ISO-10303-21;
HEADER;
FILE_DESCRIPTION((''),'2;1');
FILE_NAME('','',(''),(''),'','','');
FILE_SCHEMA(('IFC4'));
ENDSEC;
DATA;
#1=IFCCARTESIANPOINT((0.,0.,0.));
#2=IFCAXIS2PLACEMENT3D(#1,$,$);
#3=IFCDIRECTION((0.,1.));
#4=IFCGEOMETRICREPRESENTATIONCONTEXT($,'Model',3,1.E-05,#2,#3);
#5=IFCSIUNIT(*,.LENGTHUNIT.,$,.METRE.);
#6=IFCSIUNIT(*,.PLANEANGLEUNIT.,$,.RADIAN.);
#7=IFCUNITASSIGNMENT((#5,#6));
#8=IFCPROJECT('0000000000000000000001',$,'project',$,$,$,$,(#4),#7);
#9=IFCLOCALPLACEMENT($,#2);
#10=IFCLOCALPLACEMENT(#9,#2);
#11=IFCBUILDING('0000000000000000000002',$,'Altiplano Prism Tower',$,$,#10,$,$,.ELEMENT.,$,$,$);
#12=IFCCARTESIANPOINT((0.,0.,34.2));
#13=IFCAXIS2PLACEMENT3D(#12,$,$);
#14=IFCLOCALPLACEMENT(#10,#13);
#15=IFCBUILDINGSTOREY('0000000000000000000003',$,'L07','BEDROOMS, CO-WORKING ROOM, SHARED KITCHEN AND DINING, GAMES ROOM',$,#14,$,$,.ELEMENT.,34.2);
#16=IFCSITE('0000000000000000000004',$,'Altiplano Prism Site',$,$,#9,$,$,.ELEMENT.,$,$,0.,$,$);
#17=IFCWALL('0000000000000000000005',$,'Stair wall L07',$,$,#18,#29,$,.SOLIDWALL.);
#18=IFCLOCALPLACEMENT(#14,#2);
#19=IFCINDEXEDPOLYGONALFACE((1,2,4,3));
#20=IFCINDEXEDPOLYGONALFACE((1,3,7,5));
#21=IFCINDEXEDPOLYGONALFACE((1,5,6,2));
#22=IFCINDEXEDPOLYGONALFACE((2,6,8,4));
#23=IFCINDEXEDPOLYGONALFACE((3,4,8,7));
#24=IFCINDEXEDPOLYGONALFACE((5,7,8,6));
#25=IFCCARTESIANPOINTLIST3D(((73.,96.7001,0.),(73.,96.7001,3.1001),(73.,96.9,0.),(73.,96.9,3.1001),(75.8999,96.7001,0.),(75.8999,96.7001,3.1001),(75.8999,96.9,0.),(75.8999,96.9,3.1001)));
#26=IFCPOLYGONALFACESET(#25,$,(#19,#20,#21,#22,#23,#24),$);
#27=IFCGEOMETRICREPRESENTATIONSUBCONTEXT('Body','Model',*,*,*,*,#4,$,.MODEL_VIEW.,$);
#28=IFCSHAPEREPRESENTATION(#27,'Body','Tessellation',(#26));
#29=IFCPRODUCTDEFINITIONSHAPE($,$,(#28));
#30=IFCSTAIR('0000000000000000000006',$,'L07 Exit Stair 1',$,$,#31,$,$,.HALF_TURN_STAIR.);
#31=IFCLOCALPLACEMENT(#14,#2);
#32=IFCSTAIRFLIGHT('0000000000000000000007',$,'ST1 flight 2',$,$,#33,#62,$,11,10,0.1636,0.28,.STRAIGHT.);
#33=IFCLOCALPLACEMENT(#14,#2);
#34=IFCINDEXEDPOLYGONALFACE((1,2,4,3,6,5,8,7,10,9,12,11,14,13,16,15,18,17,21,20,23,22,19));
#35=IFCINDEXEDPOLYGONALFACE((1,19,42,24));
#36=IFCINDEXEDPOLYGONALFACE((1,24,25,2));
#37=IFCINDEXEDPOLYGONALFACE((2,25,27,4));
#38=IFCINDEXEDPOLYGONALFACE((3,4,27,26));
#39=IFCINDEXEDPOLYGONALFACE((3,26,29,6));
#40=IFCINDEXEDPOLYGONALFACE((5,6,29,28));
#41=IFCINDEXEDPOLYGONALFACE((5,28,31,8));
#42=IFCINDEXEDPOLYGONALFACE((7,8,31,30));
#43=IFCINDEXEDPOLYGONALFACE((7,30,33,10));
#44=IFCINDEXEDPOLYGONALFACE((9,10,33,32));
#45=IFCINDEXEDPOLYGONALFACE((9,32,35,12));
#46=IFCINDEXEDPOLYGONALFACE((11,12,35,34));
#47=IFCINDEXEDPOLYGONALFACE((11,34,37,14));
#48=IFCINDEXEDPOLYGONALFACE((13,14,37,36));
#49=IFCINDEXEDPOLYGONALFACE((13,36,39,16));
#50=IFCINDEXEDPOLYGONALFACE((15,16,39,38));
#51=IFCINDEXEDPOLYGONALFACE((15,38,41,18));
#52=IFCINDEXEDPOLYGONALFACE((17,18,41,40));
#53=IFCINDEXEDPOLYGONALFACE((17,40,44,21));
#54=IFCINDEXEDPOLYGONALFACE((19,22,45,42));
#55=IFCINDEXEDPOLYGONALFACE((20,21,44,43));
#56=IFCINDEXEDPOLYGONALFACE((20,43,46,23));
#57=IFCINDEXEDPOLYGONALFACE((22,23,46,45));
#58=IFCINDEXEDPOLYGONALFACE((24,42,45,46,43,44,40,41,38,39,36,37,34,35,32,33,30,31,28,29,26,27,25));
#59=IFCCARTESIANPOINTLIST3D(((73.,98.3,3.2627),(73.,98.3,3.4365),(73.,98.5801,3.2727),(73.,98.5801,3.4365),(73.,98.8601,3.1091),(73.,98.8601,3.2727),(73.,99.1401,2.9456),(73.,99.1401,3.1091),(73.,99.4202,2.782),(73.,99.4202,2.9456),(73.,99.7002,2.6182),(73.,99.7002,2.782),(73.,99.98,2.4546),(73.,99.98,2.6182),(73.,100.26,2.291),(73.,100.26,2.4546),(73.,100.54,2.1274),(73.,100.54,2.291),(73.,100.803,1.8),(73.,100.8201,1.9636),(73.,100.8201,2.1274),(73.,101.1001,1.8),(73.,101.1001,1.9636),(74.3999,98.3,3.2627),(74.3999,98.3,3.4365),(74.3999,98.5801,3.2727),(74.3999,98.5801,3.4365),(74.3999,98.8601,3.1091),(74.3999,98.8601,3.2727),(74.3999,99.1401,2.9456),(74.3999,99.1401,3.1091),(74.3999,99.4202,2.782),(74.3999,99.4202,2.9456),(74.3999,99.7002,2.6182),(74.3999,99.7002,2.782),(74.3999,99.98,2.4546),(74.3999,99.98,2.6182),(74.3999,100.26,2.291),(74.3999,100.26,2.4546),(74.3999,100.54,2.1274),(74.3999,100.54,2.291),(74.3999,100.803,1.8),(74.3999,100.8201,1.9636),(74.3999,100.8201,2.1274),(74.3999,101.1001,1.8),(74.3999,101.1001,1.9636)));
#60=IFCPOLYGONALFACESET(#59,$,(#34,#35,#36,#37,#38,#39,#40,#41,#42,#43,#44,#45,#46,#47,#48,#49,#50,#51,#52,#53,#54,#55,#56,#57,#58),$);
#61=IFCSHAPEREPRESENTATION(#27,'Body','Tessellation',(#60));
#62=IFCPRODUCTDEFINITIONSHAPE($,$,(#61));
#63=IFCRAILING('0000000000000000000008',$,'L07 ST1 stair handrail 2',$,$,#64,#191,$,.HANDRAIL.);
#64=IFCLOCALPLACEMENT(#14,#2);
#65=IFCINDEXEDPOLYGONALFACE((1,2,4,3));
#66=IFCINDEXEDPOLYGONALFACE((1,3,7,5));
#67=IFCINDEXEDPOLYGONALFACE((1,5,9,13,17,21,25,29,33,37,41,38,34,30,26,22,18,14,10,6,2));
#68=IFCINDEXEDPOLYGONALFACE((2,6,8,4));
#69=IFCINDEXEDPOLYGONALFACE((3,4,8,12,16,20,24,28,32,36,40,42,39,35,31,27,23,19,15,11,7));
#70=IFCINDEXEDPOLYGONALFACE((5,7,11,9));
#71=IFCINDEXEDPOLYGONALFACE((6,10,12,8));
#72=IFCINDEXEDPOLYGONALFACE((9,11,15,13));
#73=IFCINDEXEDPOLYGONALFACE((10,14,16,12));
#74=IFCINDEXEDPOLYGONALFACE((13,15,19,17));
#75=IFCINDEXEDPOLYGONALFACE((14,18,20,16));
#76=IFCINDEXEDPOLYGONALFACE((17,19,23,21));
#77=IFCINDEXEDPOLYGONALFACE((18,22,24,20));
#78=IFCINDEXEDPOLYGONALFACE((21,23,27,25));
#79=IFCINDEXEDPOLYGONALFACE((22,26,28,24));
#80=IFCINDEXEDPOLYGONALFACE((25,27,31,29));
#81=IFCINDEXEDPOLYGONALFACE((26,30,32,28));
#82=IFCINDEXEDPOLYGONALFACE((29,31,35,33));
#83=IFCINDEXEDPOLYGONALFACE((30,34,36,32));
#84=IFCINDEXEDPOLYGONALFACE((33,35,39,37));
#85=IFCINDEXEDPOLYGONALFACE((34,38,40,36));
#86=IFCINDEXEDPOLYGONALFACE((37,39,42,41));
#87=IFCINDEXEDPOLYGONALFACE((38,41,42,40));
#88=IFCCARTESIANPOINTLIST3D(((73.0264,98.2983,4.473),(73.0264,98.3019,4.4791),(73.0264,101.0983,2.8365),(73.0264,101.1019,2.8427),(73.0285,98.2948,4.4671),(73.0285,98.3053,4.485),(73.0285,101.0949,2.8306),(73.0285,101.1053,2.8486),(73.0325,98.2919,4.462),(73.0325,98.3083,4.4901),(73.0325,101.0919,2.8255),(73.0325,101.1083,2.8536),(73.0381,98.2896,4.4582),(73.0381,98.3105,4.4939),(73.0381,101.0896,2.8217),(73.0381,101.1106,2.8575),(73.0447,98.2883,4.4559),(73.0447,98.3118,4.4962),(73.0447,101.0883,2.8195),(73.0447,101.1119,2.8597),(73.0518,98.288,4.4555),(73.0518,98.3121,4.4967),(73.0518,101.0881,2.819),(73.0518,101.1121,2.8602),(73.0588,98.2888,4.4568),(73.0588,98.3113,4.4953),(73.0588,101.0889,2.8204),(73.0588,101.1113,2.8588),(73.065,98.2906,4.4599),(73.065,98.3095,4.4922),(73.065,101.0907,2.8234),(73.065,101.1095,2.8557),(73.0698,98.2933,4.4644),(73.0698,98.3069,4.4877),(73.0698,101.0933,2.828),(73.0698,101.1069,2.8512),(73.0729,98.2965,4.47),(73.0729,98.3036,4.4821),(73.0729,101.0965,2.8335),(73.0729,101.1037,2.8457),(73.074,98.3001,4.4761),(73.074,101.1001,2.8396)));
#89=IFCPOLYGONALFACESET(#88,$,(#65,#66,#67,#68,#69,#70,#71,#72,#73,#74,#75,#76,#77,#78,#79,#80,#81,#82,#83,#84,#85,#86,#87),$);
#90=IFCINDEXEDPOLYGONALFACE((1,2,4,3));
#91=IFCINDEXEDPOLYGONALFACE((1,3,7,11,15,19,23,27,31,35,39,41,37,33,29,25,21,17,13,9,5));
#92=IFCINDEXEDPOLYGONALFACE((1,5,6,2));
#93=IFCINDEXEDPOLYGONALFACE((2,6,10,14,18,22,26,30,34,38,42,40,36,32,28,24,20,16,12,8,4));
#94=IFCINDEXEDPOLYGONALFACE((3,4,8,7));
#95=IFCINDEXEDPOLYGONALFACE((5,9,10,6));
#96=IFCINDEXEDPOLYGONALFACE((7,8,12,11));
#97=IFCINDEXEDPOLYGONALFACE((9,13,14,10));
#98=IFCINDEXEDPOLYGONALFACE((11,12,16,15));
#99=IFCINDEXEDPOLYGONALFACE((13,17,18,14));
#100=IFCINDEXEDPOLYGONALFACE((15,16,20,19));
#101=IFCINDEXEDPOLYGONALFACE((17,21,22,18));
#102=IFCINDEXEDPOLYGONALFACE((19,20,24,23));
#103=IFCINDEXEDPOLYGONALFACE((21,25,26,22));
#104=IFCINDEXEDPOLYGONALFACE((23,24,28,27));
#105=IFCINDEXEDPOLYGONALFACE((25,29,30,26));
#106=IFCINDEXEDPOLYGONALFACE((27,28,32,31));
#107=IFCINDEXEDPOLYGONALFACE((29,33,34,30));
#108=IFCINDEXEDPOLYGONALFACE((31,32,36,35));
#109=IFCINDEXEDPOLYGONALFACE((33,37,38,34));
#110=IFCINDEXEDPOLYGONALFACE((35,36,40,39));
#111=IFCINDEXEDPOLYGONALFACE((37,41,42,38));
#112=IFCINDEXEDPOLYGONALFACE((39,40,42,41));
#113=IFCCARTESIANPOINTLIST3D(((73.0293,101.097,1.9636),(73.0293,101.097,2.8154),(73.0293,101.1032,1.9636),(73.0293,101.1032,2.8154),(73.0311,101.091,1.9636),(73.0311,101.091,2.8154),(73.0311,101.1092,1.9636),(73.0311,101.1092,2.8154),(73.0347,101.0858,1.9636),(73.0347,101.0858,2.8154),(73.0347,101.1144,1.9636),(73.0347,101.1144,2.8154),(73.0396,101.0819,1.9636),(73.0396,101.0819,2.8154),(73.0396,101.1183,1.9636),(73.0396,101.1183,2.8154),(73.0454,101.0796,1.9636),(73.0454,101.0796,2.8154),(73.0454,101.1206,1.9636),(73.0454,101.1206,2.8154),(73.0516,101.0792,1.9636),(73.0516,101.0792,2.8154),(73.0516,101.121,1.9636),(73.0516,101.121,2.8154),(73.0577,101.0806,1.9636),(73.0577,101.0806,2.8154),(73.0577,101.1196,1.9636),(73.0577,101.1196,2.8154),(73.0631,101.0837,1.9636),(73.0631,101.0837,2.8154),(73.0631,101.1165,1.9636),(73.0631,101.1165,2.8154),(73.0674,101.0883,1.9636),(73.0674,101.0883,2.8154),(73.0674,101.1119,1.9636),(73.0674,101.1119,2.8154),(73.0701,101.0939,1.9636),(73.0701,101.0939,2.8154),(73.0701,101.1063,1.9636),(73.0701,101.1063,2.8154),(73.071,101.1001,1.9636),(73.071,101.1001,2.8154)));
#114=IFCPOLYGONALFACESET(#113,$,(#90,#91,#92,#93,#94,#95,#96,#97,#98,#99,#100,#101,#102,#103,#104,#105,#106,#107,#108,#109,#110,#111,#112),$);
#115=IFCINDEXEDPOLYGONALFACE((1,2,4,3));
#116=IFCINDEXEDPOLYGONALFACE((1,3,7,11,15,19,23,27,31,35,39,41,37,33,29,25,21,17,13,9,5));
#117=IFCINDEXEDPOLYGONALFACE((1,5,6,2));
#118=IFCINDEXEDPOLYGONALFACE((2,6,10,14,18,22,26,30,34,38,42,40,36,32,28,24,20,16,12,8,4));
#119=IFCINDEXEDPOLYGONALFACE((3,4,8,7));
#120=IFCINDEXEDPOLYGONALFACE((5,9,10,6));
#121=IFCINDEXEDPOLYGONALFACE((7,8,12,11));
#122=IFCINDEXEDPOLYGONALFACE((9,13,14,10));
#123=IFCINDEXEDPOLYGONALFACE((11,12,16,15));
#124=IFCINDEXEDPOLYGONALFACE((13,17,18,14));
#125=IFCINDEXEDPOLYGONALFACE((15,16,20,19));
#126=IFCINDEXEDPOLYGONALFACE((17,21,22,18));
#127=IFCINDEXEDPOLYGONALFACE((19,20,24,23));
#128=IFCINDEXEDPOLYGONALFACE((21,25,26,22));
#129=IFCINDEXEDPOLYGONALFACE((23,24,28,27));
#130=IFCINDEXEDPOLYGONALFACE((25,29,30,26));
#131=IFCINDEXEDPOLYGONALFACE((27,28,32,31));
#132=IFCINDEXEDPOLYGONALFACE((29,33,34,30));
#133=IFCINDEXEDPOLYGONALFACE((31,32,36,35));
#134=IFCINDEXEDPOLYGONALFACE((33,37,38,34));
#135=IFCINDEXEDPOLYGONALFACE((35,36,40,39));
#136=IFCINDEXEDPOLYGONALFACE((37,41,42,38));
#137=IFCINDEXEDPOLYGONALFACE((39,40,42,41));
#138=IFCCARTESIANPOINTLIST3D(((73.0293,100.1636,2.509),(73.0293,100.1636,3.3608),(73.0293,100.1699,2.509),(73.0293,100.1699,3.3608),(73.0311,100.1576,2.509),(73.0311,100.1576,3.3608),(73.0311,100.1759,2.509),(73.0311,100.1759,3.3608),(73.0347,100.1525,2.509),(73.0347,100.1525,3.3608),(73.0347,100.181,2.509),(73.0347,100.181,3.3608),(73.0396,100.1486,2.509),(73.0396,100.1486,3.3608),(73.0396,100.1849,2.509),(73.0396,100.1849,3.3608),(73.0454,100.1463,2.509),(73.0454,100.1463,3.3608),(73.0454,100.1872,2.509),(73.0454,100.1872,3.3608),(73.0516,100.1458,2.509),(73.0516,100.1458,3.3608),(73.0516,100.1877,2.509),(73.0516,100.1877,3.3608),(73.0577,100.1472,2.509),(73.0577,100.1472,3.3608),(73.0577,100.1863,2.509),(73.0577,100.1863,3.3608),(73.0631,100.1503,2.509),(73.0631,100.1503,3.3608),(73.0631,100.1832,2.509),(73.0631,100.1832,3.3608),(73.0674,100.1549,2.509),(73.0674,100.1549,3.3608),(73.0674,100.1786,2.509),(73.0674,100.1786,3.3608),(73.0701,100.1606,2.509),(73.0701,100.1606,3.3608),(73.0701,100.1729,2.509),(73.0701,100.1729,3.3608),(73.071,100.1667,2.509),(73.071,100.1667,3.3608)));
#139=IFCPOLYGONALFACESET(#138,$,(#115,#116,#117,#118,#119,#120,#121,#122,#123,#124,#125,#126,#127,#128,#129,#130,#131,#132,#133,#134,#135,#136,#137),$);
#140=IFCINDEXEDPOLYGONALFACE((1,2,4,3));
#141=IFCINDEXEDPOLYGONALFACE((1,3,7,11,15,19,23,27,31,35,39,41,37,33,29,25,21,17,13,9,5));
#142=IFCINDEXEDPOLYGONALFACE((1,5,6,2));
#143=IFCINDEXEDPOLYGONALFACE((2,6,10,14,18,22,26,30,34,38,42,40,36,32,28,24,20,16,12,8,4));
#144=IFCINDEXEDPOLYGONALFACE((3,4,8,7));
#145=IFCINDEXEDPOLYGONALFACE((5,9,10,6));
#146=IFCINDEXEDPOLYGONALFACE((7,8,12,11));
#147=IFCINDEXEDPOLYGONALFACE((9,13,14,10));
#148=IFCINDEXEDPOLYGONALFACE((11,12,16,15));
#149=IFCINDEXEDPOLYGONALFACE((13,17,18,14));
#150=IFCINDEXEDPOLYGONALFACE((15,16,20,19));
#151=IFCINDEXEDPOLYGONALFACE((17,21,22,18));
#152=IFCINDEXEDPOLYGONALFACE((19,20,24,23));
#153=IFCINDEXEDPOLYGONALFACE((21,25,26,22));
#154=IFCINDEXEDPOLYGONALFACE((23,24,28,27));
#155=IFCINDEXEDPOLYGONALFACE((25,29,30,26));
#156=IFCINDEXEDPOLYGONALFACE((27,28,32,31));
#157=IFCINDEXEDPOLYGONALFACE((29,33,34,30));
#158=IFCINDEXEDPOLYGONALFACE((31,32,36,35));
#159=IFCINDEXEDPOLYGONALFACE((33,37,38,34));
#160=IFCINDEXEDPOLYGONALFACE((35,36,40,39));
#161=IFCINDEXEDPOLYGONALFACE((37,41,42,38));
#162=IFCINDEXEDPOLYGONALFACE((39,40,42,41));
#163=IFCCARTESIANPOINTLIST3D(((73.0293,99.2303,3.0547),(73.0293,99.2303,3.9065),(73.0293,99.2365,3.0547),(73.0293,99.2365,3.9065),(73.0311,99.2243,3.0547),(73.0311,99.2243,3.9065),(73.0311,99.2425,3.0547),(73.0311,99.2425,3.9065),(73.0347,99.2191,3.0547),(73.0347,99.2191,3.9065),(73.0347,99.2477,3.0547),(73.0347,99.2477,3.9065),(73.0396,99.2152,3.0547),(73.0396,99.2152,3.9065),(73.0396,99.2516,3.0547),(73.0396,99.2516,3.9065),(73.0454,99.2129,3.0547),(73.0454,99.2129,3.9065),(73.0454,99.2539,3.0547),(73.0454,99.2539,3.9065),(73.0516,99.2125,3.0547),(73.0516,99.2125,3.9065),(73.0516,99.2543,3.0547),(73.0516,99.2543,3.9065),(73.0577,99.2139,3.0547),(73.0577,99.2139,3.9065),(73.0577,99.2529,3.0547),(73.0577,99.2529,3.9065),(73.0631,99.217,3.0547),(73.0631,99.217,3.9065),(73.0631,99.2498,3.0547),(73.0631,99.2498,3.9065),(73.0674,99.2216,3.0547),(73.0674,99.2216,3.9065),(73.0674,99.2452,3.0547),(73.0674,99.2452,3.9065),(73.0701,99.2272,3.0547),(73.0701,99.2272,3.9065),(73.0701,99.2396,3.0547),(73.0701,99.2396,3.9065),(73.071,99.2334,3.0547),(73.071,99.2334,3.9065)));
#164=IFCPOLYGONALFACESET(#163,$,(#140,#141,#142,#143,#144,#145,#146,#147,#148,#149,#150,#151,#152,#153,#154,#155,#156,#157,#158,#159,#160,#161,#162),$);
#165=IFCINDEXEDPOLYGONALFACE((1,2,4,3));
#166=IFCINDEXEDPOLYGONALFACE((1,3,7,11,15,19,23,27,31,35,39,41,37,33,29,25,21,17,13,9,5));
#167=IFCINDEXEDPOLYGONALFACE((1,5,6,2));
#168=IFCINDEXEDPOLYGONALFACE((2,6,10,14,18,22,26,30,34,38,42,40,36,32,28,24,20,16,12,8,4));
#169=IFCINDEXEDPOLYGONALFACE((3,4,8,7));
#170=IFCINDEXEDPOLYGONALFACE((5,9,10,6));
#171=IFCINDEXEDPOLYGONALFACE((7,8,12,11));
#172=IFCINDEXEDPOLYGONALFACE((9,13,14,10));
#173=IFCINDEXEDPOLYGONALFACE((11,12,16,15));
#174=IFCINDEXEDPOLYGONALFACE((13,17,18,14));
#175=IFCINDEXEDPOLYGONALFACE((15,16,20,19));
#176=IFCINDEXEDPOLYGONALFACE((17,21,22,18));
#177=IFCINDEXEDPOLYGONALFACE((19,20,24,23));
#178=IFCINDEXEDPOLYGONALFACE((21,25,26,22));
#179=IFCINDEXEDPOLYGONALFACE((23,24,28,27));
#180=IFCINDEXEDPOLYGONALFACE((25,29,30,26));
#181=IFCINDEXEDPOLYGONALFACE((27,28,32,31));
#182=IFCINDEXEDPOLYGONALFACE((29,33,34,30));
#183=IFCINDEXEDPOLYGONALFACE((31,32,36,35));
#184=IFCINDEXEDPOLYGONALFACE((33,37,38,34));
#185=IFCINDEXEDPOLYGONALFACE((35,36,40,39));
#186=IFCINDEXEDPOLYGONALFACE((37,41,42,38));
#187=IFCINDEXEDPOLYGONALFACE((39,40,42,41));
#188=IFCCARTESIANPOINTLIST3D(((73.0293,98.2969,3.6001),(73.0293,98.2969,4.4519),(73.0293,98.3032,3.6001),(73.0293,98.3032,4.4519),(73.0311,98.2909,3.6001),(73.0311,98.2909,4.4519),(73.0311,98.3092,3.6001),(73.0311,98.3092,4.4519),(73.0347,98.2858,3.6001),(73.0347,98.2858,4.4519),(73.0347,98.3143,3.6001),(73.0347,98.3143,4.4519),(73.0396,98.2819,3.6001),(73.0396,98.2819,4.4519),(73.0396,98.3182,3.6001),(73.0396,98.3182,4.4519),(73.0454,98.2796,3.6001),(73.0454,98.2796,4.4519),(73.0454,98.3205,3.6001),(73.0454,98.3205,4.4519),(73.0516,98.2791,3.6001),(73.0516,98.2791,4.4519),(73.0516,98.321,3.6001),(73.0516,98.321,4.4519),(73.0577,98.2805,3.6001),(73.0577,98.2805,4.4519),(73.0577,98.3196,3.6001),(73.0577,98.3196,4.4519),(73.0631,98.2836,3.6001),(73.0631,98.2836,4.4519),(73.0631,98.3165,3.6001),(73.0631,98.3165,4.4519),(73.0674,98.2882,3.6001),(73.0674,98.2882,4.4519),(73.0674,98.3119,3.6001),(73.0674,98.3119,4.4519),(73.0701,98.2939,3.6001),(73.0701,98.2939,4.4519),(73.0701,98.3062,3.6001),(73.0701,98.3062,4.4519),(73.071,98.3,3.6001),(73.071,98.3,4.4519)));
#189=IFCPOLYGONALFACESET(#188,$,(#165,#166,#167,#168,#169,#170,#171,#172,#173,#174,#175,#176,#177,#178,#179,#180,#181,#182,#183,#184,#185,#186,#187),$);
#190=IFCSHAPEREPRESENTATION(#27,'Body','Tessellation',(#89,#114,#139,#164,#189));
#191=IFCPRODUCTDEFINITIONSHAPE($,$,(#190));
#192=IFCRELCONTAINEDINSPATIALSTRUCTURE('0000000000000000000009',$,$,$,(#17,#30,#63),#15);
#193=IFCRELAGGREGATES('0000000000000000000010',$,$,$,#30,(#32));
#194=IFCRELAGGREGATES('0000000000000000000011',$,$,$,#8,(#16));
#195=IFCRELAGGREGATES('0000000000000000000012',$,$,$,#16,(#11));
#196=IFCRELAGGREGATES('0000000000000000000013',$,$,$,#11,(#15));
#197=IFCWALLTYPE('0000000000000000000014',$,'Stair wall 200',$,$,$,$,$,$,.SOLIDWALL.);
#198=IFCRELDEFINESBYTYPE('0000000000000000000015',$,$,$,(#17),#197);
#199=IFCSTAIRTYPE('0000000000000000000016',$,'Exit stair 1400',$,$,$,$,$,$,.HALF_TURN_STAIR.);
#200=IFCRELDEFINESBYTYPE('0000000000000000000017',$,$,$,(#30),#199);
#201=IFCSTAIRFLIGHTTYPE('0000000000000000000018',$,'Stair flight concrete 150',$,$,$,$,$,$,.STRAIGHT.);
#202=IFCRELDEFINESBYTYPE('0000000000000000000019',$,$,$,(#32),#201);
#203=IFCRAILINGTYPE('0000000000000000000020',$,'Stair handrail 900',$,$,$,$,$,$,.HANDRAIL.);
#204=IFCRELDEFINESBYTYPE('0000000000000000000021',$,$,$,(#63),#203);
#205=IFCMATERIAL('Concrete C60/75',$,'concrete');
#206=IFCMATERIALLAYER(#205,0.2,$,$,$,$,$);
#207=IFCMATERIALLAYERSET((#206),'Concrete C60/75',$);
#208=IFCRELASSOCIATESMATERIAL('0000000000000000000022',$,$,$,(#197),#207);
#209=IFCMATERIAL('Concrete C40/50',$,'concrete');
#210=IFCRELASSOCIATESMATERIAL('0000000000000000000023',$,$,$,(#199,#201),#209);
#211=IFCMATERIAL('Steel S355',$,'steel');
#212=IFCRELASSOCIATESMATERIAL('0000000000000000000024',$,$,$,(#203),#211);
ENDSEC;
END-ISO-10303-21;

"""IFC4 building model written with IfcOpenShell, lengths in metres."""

from ifc_helpers import new_model, si_unit, direction, frame, frame_2d, origin, origin_2d, place, context, subcontext, project, spatial, polyline, rectangle, circle, outline, extrude, material, layer, layer_set, type_object, element, aggregate, save


model = new_model("IFC4")

# Units and contexts
model_context = context("Model", 3, precision=1e-05, world=origin(), true_north=direction((0.0, 1.0)))
body_context = subcontext(model_context, "Body", "Model", "MODEL_VIEW")
ifc_project = project(units=[si_unit("LENGTHUNIT", "METRE"), si_unit("PLANEANGLEUNIT", "RADIAN")], contexts=[model_context])

# Site, building, storey
site_placement = place(None, origin())
site = spatial("IfcSite", under=ifc_project, at=site_placement, Name="Altiplano Prism Site", CompositionType="ELEMENT", RefElevation=0.0)
building_placement = place(site_placement, origin())
building = spatial("IfcBuilding", under=site, at=building_placement, Name="Altiplano Prism Tower", CompositionType="ELEMENT")
storey_placement = place(building_placement, frame((0.0, 0.0, 34.2)))
storey = spatial("IfcBuildingStorey", under=building, at=storey_placement, Name="L07", Description="BEDROOMS, CO-WORKING ROOM, SHARED KITCHEN AND DINING, GAMES ROOM", CompositionType="ELEMENT", Elevation=34.2)

# Shared definitions
ifc_material_1 = material(Name="Concrete C60/75", Category="concrete")

# Wall
ifc_layer_1 = layer(ifc_material_1, 0.2)
ifc_layer_set_1 = layer_set([ifc_layer_1], Name="Concrete C60/75")
wall_type_1 = type_object("IfcWallType", Name="Stair wall 200", PredefinedType="SOLIDWALL", material=ifc_layer_set_1)
wall_1_placement = place(storey_placement, frame((73.0, 96.8, 0.0), z_axis=(0.0, 0.0, 1.0), x_axis=(1.0, 0.0, 0.0)))
element("IfcWall", 1, at=wall_1_placement, inside=storey, type_object=wall_type_1, Name="Stair wall L07", PredefinedType="SOLIDWALL", context=body_context, shape_type="SweptSolid", body=[
    extrude(rectangle(XDim=2.8999, YDim=0.2, at=frame_2d((1.45, 0.0))), origin(), (0.0, 0.0, 1.0), 3.1001),
])

# Stair, stair flight
ifc_material_2 = material(Name="Concrete C40/50", Category="concrete")
stair_type = type_object("IfcStairType", Name="Exit stair 1400", PredefinedType="HALF_TURN_STAIR", material=ifc_material_2)
stair_placement = place(storey_placement, origin())
stair = element("IfcStair", 2, at=stair_placement, inside=storey, type_object=stair_type, Name="L07 Exit Stair 1", PredefinedType="HALF_TURN_STAIR")
stair_flight_type = type_object("IfcStairFlightType", Name="Stair flight concrete 150", PredefinedType="STRAIGHT", material=ifc_material_2)
stair_flight_placement = place(storey_placement, frame((73.7, 101.1001, 1.8), z_axis=(0.0, 0.0, 1.0), x_axis=(0.0, -1.0, 0.0)))
stair_flight = element("IfcStairFlight", 3, at=stair_flight_placement, type_object=stair_flight_type, Name="ST1 flight 2", NumberOfRisers=11, NumberOfTreads=10, PredefinedType="STRAIGHT", RiserHeight=0.1636, TreadLength=0.28, context=body_context, shape_type="SweptSolid", body=[
    extrude(outline(polyline([(0.0, 0.0), (0.0, 0.1636), (0.28, 0.1636), (0.28, 0.3274), (0.5601, 0.3274), (0.5601, 0.491), (0.8401, 0.491), (0.8401, 0.6545), (1.1201, 0.6545), (1.1201, 0.8181), (1.3999, 0.8181), (1.3999, 0.9819), (1.6799, 0.9819), (1.6799, 1.1455), (1.96, 1.1455), (1.96, 1.3091), (2.24, 1.3091), (2.24, 1.4727), (2.52, 1.4727), (2.52, 1.6365), (2.8, 1.6365), (2.8, 1.8), (2.8, 1.4626), (0.2971, 0.0), (0.0, 0.0)])), frame((0.0, 0.7, 0.0), z_axis=(0.0, -1.0, 0.0), x_axis=(1.0, 0.0, 0.0)), (0.0, 0.0, 1.0), 1.3999),
])
aggregate(stair, [stair_flight])

# Railing
ifc_material_3 = material(Name="Steel S355", Category="steel")
railing_type = type_object("IfcRailingType", Name="Stair handrail 900", PredefinedType="HANDRAIL", material=ifc_material_3)
railing_placement = place(storey_placement, frame((73.05, 101.1001, 1.9636)))
element("IfcRailing", 4, at=railing_placement, inside=storey, type_object=railing_type, Name="L07 ST1 stair handrail 2", PredefinedType="HANDRAIL", context=body_context, shape_type="SweptSolid", body=[
    extrude(circle(Radius=0.0239, at=origin_2d()), frame((0.0, 0.0, 0.876), z_axis=(0.0, -0.863361, 0.504587), x_axis=(1.0, 0.0, 0.0)), (0.0, 0.0, 1.0), 3.2432),
    extrude(circle(Radius=0.021, at=origin_2d()), origin(), (0.0, 0.0, 1.0), 0.8518),
    extrude(circle(Radius=0.021, at=origin_2d()), frame((0.0, -0.9333, 0.5454)), (0.0, 0.0, 1.0), 0.8518),
    extrude(circle(Radius=0.021, at=origin_2d()), frame((0.0, -1.8667, 1.0911)), (0.0, 0.0, 1.0), 0.8518),
    extrude(circle(Radius=0.021, at=origin_2d()), frame((0.0, -2.8, 1.6365)), (0.0, 0.0, 1.0), 0.8518),
])

save(model, "model.ifc")
